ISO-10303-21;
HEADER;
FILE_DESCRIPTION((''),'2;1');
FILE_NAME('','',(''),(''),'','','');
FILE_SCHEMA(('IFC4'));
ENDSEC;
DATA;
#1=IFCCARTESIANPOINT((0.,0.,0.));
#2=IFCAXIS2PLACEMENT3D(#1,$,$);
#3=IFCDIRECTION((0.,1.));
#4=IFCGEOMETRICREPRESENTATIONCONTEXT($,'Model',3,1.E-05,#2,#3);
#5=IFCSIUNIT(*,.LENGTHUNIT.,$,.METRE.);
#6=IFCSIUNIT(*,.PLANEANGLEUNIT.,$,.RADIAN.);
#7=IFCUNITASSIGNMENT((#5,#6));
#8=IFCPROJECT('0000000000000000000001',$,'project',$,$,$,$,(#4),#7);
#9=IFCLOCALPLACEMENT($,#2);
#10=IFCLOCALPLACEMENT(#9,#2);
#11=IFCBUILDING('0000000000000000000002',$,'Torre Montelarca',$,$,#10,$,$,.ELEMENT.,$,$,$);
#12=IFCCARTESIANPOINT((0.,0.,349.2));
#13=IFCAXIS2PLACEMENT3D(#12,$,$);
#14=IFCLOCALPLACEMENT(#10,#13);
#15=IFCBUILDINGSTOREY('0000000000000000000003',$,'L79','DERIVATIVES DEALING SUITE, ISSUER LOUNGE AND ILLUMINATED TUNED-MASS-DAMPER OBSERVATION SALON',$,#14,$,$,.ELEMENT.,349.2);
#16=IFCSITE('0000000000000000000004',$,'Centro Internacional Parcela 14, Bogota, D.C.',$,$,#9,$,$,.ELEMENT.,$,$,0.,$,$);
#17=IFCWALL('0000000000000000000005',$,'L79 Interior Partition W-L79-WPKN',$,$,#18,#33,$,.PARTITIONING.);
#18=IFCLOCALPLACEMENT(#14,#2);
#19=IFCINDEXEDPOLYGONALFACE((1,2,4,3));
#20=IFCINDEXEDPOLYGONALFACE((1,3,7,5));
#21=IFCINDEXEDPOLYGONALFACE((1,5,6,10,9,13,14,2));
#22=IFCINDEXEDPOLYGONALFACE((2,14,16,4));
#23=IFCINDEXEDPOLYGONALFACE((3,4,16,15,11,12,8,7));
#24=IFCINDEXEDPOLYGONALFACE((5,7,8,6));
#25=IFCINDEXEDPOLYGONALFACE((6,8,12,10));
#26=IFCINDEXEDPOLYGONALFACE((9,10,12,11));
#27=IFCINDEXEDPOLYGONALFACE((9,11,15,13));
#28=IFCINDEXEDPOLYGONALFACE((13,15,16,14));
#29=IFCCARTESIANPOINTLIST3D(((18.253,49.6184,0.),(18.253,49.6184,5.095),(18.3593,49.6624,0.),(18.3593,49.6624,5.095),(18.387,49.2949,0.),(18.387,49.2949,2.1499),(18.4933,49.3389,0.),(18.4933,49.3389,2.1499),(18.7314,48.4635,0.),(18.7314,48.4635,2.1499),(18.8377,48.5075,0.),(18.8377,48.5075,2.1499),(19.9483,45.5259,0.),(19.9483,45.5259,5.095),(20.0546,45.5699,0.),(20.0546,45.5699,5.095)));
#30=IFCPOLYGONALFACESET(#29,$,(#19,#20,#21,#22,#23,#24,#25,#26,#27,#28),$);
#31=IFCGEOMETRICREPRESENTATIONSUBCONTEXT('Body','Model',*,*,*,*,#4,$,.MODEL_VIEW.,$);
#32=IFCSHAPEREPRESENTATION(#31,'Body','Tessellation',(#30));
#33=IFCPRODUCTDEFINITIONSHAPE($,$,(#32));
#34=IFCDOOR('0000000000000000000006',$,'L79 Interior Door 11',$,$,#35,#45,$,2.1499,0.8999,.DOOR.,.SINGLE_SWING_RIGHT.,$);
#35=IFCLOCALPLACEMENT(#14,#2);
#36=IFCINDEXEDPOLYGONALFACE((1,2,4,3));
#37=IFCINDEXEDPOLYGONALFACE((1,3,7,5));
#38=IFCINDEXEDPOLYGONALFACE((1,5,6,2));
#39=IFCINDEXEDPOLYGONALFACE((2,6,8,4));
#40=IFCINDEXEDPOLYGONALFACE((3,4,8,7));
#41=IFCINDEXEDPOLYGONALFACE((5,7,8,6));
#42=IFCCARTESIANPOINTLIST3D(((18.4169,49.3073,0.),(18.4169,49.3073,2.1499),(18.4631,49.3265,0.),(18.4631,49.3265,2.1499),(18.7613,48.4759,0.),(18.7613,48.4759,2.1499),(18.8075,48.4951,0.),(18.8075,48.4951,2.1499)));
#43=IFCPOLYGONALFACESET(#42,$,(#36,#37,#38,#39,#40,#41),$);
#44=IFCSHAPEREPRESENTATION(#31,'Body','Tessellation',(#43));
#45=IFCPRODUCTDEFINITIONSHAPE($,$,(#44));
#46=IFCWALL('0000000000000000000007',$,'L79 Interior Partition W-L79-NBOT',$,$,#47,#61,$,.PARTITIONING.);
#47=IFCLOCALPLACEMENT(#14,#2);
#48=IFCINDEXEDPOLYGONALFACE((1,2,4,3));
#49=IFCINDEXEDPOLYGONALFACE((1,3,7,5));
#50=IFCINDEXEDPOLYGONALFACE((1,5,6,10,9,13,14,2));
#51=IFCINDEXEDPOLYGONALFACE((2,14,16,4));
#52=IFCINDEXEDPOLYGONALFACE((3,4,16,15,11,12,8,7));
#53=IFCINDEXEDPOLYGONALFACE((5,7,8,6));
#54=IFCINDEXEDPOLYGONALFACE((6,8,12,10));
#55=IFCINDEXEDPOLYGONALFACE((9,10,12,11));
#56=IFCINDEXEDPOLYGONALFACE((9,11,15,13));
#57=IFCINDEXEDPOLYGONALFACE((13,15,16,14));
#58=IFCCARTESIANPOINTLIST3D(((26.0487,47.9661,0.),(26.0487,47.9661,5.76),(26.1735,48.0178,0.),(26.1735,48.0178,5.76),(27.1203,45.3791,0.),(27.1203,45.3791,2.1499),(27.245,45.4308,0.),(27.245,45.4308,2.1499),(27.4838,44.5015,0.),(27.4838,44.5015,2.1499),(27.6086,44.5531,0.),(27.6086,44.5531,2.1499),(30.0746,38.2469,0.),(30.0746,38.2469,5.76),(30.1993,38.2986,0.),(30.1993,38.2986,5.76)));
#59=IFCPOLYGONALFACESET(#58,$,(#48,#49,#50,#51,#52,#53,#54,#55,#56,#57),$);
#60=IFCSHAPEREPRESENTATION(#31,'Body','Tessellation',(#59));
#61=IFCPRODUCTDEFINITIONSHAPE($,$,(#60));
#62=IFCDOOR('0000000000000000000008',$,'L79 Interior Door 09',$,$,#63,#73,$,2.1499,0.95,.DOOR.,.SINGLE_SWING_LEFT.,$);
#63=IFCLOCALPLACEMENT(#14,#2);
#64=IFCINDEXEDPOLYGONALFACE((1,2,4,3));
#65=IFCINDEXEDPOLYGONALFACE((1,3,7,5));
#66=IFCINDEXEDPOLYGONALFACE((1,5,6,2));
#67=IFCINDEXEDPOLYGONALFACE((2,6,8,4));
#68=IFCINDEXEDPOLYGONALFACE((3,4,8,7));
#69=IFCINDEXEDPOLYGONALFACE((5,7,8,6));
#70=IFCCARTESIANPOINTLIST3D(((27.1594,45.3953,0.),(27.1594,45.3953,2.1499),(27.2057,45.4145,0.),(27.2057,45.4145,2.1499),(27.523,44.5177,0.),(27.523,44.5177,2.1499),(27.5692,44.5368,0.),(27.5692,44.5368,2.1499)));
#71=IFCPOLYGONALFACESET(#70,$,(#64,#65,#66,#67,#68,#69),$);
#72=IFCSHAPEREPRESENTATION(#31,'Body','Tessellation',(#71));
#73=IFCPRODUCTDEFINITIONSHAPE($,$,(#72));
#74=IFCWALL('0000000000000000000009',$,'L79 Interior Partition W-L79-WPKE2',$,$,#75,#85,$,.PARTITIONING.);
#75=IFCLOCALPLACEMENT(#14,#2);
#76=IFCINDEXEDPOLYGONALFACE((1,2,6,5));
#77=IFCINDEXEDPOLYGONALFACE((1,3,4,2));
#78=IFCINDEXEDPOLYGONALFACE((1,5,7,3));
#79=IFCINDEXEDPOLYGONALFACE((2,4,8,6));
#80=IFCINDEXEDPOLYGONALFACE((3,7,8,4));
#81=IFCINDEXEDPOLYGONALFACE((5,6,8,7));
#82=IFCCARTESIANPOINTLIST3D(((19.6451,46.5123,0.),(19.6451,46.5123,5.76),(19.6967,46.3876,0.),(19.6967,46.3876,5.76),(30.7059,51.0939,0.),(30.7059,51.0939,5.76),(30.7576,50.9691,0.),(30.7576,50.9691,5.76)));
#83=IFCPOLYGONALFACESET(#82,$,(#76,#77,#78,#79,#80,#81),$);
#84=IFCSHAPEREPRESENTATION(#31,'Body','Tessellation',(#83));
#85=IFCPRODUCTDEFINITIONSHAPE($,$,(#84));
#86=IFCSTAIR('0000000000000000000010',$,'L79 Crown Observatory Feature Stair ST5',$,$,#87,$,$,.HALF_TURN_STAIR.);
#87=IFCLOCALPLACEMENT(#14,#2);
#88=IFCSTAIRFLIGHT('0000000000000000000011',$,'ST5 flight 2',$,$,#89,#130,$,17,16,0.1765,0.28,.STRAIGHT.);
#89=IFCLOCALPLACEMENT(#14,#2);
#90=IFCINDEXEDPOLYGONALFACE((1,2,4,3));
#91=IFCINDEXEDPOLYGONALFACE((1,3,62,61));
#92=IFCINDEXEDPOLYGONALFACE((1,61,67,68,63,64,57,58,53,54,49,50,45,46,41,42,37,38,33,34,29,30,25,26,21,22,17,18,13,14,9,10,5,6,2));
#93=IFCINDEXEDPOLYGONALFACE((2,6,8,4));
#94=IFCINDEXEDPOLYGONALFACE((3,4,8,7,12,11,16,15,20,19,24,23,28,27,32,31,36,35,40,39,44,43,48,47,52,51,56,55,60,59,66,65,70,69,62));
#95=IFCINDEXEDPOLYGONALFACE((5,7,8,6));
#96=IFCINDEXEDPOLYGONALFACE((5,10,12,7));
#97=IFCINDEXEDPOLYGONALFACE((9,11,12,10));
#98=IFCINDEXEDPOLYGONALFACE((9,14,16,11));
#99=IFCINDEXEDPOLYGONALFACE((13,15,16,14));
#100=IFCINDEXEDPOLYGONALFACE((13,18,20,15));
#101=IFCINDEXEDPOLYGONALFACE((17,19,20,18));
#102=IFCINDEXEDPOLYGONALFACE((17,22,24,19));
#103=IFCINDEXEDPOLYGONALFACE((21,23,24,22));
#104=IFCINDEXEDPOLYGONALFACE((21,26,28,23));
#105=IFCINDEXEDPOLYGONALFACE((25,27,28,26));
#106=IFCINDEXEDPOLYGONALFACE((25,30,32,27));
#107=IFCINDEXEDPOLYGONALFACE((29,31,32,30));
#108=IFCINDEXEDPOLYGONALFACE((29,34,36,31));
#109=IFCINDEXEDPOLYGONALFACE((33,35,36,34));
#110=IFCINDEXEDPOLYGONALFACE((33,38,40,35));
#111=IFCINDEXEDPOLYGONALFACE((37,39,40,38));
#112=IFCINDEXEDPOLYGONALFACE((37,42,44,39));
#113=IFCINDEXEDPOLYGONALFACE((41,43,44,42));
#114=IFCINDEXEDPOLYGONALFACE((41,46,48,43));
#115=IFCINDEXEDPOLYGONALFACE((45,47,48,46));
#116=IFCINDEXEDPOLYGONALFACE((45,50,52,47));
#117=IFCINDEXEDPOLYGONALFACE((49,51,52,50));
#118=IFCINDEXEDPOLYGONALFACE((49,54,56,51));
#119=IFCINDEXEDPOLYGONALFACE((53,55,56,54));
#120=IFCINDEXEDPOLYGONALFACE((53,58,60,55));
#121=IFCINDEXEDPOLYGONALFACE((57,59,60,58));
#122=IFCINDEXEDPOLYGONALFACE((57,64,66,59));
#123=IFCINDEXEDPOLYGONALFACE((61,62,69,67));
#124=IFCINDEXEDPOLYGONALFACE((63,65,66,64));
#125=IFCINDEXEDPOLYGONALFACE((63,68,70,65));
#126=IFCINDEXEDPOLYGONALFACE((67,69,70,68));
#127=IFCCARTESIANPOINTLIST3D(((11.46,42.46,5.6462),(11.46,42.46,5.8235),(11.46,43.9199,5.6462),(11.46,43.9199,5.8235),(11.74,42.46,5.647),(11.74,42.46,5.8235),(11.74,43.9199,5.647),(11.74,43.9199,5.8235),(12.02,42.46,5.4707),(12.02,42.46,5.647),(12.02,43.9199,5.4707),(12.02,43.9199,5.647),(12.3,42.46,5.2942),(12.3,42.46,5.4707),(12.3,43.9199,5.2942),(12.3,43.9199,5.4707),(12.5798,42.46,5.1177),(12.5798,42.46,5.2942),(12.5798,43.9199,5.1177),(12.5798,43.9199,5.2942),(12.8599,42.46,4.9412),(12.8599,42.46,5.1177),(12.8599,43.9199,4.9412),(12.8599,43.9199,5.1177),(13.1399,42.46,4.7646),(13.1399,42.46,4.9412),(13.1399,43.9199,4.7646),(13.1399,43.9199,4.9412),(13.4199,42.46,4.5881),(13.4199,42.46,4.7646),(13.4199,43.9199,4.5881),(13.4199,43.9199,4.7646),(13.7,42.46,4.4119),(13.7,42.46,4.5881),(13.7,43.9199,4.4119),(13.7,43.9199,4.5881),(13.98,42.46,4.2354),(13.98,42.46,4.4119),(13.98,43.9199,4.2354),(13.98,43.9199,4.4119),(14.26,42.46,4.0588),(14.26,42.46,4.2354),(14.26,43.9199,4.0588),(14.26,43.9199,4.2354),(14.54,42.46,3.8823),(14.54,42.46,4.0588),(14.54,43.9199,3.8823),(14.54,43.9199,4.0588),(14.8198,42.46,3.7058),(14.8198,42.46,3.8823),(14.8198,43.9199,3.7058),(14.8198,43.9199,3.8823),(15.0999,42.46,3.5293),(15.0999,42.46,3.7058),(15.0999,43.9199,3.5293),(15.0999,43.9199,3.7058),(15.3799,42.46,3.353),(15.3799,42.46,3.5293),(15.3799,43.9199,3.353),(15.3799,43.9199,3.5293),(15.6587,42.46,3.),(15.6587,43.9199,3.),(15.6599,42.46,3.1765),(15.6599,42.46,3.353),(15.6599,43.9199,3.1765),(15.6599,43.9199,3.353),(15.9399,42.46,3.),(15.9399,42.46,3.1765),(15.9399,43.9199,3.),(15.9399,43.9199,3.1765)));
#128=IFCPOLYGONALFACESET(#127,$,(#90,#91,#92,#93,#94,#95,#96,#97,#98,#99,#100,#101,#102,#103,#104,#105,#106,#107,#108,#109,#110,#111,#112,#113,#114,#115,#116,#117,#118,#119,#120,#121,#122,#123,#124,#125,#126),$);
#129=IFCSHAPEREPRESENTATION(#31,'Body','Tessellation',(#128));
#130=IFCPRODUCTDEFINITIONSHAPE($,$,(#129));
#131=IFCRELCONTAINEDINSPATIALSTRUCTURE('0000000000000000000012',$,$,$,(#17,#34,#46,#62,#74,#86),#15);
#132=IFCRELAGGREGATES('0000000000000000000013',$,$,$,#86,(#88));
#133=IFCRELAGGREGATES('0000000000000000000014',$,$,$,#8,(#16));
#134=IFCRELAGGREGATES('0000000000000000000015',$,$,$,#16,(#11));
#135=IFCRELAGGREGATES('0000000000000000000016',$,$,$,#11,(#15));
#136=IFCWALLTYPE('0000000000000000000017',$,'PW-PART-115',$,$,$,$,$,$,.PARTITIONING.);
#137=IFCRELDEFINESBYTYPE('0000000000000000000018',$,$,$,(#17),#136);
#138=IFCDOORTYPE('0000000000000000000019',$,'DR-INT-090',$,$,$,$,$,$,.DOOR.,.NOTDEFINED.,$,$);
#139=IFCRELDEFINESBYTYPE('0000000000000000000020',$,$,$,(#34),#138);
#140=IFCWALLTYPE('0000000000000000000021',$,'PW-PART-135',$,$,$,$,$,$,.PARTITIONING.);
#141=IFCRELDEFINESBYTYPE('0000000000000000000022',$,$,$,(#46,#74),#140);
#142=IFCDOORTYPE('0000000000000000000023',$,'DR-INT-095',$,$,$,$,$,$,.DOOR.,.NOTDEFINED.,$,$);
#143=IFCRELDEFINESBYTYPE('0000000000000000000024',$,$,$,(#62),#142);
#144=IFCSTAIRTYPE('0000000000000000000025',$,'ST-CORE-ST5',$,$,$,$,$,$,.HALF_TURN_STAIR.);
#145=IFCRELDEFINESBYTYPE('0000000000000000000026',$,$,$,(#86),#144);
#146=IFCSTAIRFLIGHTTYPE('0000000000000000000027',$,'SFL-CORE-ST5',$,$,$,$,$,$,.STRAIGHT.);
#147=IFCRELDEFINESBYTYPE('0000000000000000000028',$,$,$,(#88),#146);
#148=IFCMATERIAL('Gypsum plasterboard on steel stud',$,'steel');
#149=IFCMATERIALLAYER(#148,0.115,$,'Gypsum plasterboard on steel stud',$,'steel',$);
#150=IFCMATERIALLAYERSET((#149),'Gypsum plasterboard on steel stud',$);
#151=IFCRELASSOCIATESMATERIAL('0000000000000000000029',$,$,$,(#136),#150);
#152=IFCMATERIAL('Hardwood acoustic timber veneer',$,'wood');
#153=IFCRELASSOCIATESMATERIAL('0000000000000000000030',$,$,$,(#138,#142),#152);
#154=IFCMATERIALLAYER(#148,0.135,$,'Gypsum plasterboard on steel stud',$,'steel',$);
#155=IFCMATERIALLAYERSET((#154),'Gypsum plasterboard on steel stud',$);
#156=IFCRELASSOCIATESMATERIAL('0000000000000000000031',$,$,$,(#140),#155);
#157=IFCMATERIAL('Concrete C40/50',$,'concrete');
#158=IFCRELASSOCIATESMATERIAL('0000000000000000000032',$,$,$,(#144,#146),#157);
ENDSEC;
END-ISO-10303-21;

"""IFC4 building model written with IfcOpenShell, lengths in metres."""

from ifc_helpers import new_model, si_unit, direction, frame, frame_2d, origin, place, context, subcontext, project, spatial, polyline, rectangle, outline, extrude, source, transform, mapped, material, layer, layer_set, type_object, element, fill, aggregate, save


model = new_model("IFC4")

# Units and contexts
model_context = context("Model", 3, precision=1e-05, world=origin(), true_north=direction((0.0, 1.0)))
body_context = subcontext(model_context, "Body", "Model", "MODEL_VIEW")
ifc_project = project(units=[si_unit("LENGTHUNIT", "METRE"), si_unit("PLANEANGLEUNIT", "RADIAN")], contexts=[model_context])

# Site, building, storey
site_placement = place(None, origin())
site = spatial("IfcSite", under=ifc_project, at=site_placement, Name="Centro Internacional Parcela 14, Bogota, D.C.", CompositionType="ELEMENT", RefElevation=0.0)
building_placement = place(site_placement, origin())
building = spatial("IfcBuilding", under=site, at=building_placement, Name="Torre Montelarca", CompositionType="ELEMENT")
storey_placement = place(building_placement, frame((0.0, 0.0, 349.2)))
storey = spatial("IfcBuildingStorey", under=building, at=storey_placement, Name="L79", Description="DERIVATIVES DEALING SUITE, ISSUER LOUNGE AND ILLUMINATED TUNED-MASS-DAMPER OBSERVATION SALON", CompositionType="ELEMENT", Elevation=349.2)

# Shared definitions
ifc_material_1 = material(Name="Concrete C40/50", Category="concrete")

# Walls, openings, doors
ifc_material_2 = material(Name="Gypsum plasterboard on steel stud", Category="steel")
ifc_layer_1 = layer(ifc_material_2, 0.115, Name="Gypsum plasterboard on steel stud", Category="steel")
ifc_layer_set_1 = layer_set([ifc_layer_1], Name="Gypsum plasterboard on steel stud")
wall_type_1 = type_object("IfcWallType", Name="PW-PART-115", PredefinedType="PARTITIONING", material=ifc_layer_set_1)
wall_1_placement = place(storey_placement, frame((18.3062, 49.6404, 0.0), z_axis=(0.0, 0.0, 1.0), x_axis=(0.382709, -0.923869, 0.0)))
wall_1 = element("IfcWall", 1, at=wall_1_placement, inside=storey, type_object=wall_type_1, Name="L79 Interior Partition W-L79-WPKN", PredefinedType="PARTITIONING", context=body_context, shape_type="SweptSolid", body=[
    extrude(rectangle(XDim=4.4297, YDim=0.115, at=frame_2d((2.2148, 0.0))), origin(), (0.0, 0.0, 1.0), 5.095),
])
opening_1_placement = place(wall_1_placement, frame((0.3501, 0.0, 0.0)))
opening_1 = element("IfcOpeningElement", 2, at=opening_1_placement, cuts=wall_1, PredefinedType="OPENING", context=body_context, shape_type="SweptSolid", body=[
    extrude(rectangle(XDim=0.8999, YDim=2.1499, at=frame_2d((0.45, 1.075))), frame((0.0, 0.0674, 0.0), z_axis=(0.0, -1.0, 0.0), x_axis=(1.0, 0.0, 0.0)), (0.0, 0.0, 1.0), 0.135),
])
ifc_material_3 = material(Name="Hardwood acoustic timber veneer", Category="wood")
door_type_1 = type_object("IfcDoorType", Name="DR-INT-090", OperationType="NOTDEFINED", PredefinedType="DOOR", material=ifc_material_3)
shared_shape_1 = source(origin(), body_context, "Body", "SweptSolid", [
    extrude(rectangle(XDim=0.8999, YDim=2.1499, at=frame_2d((0.45, 1.075))), frame((0.0, 0.0249, 0.0), z_axis=(0.0, -1.0, 0.0), x_axis=(1.0, 0.0, 0.0)), (0.0, 0.0, 1.0), 0.05),
])
door_1_placement = place(opening_1_placement, origin())
door_1 = element("IfcDoor", 3, at=door_1_placement, inside=storey, type_object=door_type_1, Name="L79 Interior Door 11", OperationType="SINGLE_SWING_RIGHT", OverallHeight=2.1499, OverallWidth=0.8999, PredefinedType="DOOR", context=body_context, shape_type="MappedRepresentation", body=[
    mapped(shared_shape_1, transform((0.0, 0.0, 0.0), scale=1.0)),
])
fill(opening_1, door_1)
ifc_layer_2 = layer(ifc_material_2, 0.135, Name="Gypsum plasterboard on steel stud", Category="steel")
ifc_layer_set_2 = layer_set([ifc_layer_2], Name="Gypsum plasterboard on steel stud")
wall_type_2 = type_object("IfcWallType", Name="PW-PART-135", PredefinedType="PARTITIONING", material=ifc_layer_set_2)
wall_2_placement = place(storey_placement, frame((26.1111, 47.9919, 0.0), z_axis=(0.0, 0.0, 1.0), x_axis=(0.382687, -0.923878, 0.0)))
wall_2 = element("IfcWall", 4, at=wall_2_placement, inside=storey, type_object=wall_type_2, Name="L79 Interior Partition W-L79-NBOT", PredefinedType="PARTITIONING", context=body_context, shape_type="SweptSolid", body=[
    extrude(rectangle(XDim=10.52, YDim=0.135, at=frame_2d((5.26, 0.0))), origin(), (0.0, 0.0, 1.0), 5.76),
])
opening_2_placement = place(wall_2_placement, frame((2.8, 0.0, 0.0)))
opening_2 = element("IfcOpeningElement", 5, at=opening_2_placement, cuts=wall_2, PredefinedType="OPENING", context=body_context, shape_type="SweptSolid", body=[
    extrude(rectangle(XDim=0.95, YDim=2.1499, at=frame_2d((0.4751, 1.075))), frame((0.0, 0.0776, 0.0), z_axis=(0.0, -1.0, 0.0), x_axis=(1.0, 0.0, 0.0)), (0.0, 0.0, 1.0), 0.155),
])
door_type_2 = type_object("IfcDoorType", Name="DR-INT-095", OperationType="NOTDEFINED", PredefinedType="DOOR", material=ifc_material_3)
shared_shape_2 = source(origin(), body_context, "Body", "SweptSolid", [
    extrude(rectangle(XDim=0.95, YDim=2.1499, at=frame_2d((0.4751, 1.075))), frame((0.0, 0.0249, 0.0), z_axis=(0.0, -1.0, 0.0), x_axis=(1.0, 0.0, 0.0)), (0.0, 0.0, 1.0), 0.05),
])
door_2_placement = place(opening_2_placement, origin())
door_2 = element("IfcDoor", 6, at=door_2_placement, inside=storey, type_object=door_type_2, Name="L79 Interior Door 09", OperationType="SINGLE_SWING_LEFT", OverallHeight=2.1499, OverallWidth=0.95, PredefinedType="DOOR", context=body_context, shape_type="MappedRepresentation", body=[
    mapped(shared_shape_2, transform((0.0, 0.0, 0.0), scale=1.0)),
])
fill(opening_2, door_2)

# Wall
wall_3_placement = place(storey_placement, frame((19.6709, 46.45, 0.0), z_axis=(0.0, 0.0, 1.0), x_axis=(0.923879, 0.382684, 0.0)))
element("IfcWall", 7, at=wall_3_placement, inside=storey, type_object=wall_type_2, Name="L79 Interior Partition W-L79-WPKE2", PredefinedType="PARTITIONING", context=body_context, shape_type="SweptSolid", body=[
    extrude(rectangle(XDim=11.9722, YDim=0.135, at=frame_2d((5.9861, 0.0))), origin(), (0.0, 0.0, 1.0), 5.76),
])

# Stair, stair flight
stair_type = type_object("IfcStairType", Name="ST-CORE-ST5", PredefinedType="HALF_TURN_STAIR", material=ifc_material_1)
stair_placement = place(storey_placement, origin())
stair = element("IfcStair", 8, at=stair_placement, inside=storey, type_object=stair_type, Name="L79 Crown Observatory Feature Stair ST5", PredefinedType="HALF_TURN_STAIR")
stair_flight_type = type_object("IfcStairFlightType", Name="SFL-CORE-ST5", PredefinedType="STRAIGHT", material=ifc_material_1)
stair_flight_placement = place(storey_placement, frame((15.9399, 43.1899, 3.0), z_axis=(0.0, 0.0, 1.0), x_axis=(-1.0, 0.0, 0.0)))
stair_flight = element("IfcStairFlight", 9, at=stair_flight_placement, type_object=stair_flight_type, Name="ST5 flight 2", NumberOfRisers=17, NumberOfTreads=16, PredefinedType="STRAIGHT", RiserHeight=0.1765, TreadLength=0.28, context=body_context, shape_type="SweptSolid", body=[
    extrude(outline(polyline([(0.0, 0.0), (0.0, 0.1765), (0.28, 0.1765), (0.28, 0.353), (0.5601, 0.353), (0.5601, 0.5293), (0.8401, 0.5293), (0.8401, 0.7058), (1.1201, 0.7058), (1.1201, 0.8823), (1.3999, 0.8823), (1.3999, 1.0588), (1.6799, 1.0588), (1.6799, 1.2354), (1.96, 1.2354), (1.96, 1.4119), (2.24, 1.4119), (2.24, 1.5881), (2.52, 1.5881), (2.52, 1.7646), (2.8, 1.7646), (2.8, 1.9412), (3.0801, 1.9412), (3.0801, 2.1177), (3.3601, 2.1177), (3.3601, 2.2942), (3.6399, 2.2942), (3.6399, 2.4707), (3.9199, 2.4707), (3.9199, 2.647), (4.2, 2.647), (4.2, 2.8235), (4.48, 2.8235), (4.48, 3.0), (4.48, 2.6462), (0.2812, 0.0), (0.0, 0.0)])), frame((0.0, 0.73, 0.0), z_axis=(0.0, -1.0, 0.0), x_axis=(1.0, 0.0, 0.0)), (0.0, 0.0, 1.0), 1.46),
])
aggregate(stair, [stair_flight])

save(model, "model.ifc")
